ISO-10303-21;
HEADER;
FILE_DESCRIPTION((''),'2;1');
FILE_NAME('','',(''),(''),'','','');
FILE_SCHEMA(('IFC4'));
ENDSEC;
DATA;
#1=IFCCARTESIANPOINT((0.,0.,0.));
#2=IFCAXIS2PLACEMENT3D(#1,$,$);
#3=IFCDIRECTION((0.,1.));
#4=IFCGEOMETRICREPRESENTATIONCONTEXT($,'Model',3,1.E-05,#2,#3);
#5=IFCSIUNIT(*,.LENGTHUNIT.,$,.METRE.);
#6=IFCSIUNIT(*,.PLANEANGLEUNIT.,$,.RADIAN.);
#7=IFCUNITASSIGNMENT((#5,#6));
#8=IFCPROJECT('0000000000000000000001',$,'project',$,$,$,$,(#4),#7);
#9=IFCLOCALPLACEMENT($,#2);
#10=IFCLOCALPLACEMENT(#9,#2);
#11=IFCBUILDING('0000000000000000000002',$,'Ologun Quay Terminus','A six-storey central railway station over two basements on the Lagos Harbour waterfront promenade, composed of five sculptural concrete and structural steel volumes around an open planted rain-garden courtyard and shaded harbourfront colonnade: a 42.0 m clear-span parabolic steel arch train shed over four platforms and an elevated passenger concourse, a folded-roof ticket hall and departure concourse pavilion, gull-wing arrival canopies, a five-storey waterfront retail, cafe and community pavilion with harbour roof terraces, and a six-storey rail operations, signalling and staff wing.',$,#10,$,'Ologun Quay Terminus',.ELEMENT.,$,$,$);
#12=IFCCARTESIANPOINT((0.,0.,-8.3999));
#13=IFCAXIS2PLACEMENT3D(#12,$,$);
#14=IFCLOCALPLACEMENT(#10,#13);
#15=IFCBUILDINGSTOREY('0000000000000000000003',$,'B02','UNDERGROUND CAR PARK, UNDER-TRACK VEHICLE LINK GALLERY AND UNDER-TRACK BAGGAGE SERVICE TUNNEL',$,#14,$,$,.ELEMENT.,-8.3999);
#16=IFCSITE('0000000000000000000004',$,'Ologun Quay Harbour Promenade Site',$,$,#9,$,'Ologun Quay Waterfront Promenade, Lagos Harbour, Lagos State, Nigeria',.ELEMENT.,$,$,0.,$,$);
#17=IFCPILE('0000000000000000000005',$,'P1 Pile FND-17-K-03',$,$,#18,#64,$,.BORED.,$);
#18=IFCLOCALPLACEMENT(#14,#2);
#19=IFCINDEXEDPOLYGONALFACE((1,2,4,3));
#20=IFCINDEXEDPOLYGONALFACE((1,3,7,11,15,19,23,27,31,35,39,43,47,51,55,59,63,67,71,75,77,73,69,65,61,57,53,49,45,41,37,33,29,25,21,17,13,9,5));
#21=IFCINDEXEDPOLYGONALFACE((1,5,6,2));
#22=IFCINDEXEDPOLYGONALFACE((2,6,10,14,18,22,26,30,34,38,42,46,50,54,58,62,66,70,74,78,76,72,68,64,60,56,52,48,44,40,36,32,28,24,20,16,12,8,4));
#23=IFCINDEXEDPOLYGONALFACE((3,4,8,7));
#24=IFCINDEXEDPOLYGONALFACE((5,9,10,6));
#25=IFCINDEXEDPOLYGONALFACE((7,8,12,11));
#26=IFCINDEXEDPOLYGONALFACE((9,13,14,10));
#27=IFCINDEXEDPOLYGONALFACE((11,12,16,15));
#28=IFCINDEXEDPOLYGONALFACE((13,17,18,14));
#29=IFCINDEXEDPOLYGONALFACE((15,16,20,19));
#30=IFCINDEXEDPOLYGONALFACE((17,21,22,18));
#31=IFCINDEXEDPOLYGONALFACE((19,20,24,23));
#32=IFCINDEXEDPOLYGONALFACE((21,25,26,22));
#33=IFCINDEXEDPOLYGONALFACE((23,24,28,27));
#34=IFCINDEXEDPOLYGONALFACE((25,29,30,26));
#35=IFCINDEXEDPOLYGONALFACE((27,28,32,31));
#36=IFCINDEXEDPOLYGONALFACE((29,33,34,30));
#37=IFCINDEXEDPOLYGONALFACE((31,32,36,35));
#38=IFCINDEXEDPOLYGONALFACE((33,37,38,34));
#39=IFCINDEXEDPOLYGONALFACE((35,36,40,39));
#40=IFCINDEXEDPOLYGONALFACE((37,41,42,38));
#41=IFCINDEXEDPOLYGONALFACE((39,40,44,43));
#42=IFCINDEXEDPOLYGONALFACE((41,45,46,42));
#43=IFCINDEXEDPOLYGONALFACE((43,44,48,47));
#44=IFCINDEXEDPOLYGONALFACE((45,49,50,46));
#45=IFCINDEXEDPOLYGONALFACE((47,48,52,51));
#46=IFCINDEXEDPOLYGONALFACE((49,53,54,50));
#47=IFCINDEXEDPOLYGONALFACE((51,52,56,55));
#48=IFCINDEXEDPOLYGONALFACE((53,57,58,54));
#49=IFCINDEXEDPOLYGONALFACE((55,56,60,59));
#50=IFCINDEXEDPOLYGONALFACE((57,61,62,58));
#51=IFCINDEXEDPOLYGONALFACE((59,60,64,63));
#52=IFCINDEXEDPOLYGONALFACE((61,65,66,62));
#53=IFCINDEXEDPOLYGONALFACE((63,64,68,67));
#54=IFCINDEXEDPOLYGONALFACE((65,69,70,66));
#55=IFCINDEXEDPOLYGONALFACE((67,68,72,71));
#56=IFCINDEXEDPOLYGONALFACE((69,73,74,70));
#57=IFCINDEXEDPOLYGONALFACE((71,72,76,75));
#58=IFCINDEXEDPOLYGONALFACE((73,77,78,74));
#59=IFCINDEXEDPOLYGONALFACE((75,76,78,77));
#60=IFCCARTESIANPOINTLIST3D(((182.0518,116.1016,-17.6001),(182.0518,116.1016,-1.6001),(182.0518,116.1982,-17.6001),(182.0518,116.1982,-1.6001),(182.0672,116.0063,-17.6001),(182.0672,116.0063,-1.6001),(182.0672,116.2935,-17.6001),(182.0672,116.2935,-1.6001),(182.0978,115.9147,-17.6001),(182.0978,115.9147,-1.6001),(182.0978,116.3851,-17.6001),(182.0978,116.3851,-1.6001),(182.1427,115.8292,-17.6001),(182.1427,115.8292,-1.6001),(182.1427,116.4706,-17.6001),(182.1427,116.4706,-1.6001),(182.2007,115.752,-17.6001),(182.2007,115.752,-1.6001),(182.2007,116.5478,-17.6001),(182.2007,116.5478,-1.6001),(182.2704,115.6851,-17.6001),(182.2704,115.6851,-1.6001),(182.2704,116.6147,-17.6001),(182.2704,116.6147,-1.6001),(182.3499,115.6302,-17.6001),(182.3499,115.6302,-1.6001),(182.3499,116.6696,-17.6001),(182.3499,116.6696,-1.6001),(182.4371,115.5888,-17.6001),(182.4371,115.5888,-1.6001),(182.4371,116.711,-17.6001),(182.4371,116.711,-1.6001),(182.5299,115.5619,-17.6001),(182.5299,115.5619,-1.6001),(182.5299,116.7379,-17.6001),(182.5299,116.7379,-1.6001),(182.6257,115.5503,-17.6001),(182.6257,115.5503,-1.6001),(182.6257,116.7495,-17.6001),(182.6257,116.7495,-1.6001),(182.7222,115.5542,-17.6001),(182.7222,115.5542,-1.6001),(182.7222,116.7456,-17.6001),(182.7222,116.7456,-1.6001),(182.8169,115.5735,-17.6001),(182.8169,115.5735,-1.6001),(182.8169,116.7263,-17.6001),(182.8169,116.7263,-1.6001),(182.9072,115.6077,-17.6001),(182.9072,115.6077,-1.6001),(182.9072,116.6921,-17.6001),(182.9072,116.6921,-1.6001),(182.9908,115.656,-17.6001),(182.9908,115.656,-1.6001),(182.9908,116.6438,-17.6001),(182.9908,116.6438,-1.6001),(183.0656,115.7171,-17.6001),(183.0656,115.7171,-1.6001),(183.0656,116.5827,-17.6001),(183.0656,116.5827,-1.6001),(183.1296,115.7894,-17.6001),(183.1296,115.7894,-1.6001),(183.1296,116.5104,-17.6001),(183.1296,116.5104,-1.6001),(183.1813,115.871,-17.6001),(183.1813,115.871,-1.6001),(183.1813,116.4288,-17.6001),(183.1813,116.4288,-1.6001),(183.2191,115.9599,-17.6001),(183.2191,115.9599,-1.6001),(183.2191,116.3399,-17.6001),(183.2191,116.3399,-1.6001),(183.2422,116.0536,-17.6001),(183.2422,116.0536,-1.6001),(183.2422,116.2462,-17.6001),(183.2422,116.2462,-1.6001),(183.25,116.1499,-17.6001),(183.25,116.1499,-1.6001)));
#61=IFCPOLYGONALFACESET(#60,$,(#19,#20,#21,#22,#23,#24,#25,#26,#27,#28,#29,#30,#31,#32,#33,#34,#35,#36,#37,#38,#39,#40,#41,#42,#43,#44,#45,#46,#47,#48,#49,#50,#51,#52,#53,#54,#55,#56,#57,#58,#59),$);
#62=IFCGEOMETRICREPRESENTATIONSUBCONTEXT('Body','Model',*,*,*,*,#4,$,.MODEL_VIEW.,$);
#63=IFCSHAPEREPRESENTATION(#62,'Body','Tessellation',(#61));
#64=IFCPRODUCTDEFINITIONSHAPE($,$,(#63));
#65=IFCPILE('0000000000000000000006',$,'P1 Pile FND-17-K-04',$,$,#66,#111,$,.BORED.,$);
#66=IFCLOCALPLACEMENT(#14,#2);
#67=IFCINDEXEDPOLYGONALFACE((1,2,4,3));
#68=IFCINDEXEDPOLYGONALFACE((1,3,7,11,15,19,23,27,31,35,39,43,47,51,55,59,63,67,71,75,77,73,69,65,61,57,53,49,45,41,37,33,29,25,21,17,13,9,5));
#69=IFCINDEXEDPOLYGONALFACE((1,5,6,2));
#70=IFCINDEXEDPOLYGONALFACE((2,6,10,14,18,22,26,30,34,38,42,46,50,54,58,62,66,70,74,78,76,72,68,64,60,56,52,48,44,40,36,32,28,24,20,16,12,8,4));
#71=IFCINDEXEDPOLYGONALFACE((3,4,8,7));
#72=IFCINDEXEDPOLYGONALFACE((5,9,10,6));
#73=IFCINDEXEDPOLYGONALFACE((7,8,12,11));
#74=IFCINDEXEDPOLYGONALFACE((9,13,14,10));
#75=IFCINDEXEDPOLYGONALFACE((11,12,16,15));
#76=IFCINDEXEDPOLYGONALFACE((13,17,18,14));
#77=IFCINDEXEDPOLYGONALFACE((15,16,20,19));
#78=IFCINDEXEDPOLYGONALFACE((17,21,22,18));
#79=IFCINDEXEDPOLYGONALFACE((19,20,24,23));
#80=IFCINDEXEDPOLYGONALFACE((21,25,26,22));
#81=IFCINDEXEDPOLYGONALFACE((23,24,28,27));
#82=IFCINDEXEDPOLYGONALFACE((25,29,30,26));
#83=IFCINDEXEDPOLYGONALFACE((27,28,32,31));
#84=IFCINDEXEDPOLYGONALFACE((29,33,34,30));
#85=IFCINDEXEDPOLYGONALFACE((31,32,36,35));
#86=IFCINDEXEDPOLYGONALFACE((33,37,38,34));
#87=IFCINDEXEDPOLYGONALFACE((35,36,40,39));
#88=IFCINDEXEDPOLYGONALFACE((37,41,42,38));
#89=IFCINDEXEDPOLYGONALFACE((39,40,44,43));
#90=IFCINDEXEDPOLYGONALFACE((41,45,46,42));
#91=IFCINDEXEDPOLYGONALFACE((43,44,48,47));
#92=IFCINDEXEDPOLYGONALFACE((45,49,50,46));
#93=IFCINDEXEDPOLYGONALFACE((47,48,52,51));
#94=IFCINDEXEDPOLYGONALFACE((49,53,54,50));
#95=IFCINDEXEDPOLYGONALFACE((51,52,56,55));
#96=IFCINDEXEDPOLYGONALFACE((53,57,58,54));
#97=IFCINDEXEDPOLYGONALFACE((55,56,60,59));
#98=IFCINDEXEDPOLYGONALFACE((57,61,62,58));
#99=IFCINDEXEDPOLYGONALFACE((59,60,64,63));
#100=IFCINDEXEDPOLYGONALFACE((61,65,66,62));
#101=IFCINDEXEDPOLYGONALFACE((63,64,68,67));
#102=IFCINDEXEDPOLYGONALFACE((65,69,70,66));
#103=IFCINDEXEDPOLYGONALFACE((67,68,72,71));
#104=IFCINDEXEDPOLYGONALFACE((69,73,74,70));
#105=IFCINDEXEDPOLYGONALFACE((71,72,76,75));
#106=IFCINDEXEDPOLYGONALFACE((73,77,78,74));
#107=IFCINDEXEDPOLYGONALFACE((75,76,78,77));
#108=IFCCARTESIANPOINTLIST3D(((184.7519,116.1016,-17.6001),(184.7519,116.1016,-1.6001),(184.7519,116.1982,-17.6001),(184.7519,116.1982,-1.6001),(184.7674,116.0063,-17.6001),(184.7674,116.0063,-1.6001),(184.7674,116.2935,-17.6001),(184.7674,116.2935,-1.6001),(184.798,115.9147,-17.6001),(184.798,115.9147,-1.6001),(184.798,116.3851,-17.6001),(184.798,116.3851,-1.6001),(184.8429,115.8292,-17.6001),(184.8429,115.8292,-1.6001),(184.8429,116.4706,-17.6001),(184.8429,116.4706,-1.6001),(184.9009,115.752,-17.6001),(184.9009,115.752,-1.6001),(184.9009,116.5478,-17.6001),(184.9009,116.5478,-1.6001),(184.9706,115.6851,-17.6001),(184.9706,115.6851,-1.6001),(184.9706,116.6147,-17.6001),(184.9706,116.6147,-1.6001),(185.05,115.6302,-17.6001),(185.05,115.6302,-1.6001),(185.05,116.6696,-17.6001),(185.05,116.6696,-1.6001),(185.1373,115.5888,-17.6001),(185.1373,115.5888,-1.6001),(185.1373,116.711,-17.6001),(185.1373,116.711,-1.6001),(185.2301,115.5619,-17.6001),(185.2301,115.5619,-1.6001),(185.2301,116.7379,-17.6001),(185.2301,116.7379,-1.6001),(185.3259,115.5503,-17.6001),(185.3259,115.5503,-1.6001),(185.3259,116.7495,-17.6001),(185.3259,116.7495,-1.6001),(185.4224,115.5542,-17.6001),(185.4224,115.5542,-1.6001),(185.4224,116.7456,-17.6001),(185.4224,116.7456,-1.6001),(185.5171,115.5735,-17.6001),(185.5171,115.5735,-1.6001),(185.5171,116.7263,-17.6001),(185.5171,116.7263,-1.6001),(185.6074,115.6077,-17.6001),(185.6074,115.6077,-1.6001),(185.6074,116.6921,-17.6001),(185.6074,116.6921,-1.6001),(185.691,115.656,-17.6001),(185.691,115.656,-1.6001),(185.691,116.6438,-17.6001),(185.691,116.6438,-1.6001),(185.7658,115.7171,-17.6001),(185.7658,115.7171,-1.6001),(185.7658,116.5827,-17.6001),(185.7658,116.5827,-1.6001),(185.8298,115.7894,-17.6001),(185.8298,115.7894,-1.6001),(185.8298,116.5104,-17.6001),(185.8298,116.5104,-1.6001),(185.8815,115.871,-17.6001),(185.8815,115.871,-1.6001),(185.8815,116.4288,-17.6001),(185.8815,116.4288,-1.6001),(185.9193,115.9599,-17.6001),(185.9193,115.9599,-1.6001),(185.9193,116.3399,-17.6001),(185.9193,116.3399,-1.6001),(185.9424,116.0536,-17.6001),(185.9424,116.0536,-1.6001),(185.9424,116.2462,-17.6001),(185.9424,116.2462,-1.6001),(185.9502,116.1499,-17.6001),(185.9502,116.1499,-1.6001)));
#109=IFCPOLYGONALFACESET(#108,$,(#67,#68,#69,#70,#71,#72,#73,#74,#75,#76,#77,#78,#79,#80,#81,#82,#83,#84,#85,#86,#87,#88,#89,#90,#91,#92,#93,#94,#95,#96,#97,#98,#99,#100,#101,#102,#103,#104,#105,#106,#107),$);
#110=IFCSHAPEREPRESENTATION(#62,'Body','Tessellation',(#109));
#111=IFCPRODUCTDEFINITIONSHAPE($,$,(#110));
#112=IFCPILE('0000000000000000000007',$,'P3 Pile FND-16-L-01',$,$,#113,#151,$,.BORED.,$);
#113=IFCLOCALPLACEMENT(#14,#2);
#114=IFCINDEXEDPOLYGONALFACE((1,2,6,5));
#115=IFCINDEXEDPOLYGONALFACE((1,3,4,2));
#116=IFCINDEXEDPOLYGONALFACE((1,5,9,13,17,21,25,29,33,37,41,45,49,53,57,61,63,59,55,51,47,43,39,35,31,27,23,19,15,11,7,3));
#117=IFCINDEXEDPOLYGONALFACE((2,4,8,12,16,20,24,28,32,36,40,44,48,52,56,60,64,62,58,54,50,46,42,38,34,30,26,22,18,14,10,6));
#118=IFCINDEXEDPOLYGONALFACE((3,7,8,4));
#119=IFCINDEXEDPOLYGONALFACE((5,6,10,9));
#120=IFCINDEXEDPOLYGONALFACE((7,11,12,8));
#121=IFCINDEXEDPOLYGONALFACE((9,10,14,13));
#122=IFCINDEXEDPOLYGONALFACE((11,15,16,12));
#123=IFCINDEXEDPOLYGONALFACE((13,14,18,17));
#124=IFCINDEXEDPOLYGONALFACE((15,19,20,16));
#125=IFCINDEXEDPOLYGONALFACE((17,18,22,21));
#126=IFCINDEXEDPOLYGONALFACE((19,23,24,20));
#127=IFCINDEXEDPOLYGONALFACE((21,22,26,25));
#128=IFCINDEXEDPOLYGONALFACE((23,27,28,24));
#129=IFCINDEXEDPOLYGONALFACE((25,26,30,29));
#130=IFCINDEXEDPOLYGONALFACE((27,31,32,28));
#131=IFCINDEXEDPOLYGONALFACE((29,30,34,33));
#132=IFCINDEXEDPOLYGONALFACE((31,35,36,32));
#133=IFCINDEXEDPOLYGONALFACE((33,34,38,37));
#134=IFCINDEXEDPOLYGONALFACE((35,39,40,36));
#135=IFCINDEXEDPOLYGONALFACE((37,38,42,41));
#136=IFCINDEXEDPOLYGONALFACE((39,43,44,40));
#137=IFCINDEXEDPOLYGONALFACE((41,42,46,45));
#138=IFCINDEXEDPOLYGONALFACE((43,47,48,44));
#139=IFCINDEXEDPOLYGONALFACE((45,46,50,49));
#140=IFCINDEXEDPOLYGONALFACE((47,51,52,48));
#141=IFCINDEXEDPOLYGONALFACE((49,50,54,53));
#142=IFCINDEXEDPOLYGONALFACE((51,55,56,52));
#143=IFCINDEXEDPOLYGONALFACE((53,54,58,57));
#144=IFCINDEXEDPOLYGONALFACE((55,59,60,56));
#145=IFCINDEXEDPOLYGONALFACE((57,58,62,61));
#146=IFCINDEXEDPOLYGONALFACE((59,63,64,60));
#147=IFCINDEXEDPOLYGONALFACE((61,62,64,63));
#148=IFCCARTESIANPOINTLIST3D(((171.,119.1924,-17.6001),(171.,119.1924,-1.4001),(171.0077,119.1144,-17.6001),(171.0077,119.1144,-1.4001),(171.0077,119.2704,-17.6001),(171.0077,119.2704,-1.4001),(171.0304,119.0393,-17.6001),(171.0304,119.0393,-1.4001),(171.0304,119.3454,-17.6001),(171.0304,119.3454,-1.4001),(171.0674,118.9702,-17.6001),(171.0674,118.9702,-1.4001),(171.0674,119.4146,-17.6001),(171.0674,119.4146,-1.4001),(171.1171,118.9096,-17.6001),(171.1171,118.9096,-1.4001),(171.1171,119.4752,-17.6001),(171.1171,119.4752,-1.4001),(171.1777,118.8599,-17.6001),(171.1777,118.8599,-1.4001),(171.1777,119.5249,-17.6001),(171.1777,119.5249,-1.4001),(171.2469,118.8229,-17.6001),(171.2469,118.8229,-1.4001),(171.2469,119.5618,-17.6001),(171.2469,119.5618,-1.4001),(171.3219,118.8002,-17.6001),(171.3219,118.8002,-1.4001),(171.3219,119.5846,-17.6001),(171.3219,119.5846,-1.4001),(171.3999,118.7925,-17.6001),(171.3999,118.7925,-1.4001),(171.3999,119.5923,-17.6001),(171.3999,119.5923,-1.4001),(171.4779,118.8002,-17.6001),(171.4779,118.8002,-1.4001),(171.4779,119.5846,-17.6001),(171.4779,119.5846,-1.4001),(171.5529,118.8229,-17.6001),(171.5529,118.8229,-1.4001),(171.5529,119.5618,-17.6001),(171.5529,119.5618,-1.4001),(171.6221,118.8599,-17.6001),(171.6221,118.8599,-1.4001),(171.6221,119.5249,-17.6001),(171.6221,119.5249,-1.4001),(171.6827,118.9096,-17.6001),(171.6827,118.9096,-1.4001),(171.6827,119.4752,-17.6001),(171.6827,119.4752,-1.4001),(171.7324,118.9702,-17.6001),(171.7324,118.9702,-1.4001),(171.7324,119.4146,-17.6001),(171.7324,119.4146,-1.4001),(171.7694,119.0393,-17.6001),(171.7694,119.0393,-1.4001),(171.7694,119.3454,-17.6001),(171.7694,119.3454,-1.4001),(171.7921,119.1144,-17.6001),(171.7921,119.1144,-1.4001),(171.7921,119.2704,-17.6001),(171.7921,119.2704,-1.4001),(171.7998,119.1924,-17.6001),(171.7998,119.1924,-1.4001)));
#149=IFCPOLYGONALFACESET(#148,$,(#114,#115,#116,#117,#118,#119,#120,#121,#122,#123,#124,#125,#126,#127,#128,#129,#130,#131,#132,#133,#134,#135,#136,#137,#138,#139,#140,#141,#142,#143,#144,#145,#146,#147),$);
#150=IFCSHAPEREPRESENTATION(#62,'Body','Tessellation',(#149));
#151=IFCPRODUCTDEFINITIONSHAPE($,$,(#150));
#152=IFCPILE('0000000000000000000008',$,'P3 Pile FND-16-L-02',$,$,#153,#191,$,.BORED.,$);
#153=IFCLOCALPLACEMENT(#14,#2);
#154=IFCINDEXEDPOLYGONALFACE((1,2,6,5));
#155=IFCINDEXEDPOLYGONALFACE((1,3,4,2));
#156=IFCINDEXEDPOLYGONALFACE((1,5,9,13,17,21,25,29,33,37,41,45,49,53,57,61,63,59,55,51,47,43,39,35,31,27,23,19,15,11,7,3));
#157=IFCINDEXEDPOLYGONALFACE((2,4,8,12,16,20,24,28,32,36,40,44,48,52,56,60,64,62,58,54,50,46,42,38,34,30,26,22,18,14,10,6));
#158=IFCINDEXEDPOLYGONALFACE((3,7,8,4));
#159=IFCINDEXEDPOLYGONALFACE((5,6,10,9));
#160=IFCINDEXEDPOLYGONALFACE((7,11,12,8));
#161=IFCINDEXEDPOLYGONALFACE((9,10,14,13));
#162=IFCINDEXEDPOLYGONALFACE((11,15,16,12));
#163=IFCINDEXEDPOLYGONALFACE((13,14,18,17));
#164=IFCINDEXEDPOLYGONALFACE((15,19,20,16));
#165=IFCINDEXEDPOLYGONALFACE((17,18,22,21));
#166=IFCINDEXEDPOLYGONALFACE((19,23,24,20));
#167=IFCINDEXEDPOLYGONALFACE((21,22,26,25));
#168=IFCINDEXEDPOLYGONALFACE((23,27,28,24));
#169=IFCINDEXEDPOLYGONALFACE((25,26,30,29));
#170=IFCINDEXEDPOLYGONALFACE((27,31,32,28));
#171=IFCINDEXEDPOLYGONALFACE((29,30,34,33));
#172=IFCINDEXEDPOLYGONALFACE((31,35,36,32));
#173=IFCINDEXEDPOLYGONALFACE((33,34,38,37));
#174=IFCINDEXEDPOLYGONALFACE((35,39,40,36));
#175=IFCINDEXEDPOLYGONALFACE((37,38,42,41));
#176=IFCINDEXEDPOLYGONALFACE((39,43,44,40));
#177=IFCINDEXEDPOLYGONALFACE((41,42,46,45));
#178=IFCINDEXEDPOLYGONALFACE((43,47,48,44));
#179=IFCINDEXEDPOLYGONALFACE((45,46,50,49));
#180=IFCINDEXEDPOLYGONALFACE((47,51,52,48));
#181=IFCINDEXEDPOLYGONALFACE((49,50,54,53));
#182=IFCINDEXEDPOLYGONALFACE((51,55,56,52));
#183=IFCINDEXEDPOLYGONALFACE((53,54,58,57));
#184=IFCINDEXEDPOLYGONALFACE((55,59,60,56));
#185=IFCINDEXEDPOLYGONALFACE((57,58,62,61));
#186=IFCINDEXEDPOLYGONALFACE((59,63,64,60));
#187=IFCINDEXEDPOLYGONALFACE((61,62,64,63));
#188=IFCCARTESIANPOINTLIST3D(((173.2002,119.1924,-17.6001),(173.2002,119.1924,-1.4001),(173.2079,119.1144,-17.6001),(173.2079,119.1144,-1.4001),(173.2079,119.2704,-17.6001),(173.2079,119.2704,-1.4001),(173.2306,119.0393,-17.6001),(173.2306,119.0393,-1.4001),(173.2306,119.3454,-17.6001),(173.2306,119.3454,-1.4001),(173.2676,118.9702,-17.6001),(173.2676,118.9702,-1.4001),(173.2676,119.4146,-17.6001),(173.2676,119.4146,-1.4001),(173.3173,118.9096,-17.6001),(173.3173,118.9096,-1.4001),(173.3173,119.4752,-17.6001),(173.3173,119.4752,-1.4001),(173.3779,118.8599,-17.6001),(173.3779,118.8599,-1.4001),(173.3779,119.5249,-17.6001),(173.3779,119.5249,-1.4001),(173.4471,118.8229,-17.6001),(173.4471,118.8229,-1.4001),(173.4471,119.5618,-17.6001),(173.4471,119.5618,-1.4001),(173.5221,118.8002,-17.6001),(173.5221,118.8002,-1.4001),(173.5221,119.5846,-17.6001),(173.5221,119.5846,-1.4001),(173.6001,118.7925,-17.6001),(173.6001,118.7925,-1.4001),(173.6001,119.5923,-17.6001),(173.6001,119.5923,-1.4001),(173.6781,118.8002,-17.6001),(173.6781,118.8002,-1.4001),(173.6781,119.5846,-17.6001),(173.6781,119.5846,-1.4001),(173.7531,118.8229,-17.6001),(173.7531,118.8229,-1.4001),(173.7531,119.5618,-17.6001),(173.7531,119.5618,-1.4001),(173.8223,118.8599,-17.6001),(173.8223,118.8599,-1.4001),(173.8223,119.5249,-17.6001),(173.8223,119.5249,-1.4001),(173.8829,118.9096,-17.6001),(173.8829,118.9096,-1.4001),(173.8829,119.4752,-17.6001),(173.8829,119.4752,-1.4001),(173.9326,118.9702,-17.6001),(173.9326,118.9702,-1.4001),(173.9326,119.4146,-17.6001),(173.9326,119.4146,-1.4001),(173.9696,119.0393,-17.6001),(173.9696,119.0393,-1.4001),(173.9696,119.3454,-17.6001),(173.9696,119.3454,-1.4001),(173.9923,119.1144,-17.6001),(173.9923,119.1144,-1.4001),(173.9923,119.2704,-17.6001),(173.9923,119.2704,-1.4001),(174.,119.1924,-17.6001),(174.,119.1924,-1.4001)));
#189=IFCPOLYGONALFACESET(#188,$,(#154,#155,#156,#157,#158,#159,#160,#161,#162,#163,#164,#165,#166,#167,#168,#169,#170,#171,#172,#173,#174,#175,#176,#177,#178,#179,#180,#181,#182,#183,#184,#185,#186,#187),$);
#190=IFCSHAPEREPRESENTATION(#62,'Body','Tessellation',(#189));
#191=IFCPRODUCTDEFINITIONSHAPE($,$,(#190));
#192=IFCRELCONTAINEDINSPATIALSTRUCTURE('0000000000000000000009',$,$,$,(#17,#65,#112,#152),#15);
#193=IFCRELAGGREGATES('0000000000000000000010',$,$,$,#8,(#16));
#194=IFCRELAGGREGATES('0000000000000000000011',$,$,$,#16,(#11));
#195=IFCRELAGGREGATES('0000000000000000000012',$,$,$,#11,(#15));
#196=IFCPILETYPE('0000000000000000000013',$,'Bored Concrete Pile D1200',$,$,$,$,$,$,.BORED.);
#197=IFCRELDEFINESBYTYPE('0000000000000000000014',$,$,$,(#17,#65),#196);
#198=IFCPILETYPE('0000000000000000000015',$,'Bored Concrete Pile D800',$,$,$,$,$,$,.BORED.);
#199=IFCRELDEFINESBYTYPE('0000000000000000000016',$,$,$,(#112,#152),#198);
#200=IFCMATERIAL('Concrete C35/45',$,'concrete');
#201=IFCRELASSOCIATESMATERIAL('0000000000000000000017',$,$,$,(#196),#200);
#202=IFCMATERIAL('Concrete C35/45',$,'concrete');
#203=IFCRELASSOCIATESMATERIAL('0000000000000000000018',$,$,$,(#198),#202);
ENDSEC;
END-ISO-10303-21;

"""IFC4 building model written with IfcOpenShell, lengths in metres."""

from ifc_helpers import new_model, si_unit, direction, frame, origin, origin_2d, place, context, subcontext, project, spatial, circle, extrude, material, material_profile, profile_set, type_object, element, save


model = new_model("IFC4")

# Units and contexts
model_context = context("Model", 3, precision=1e-05, world=origin(), true_north=direction((0.0, 1.0)))
body_context = subcontext(model_context, "Body", "Model", "MODEL_VIEW")
ifc_project = project(units=[si_unit("LENGTHUNIT", "METRE"), si_unit("PLANEANGLEUNIT", "RADIAN")], contexts=[model_context])

# Site, building, storey
site_placement = place(None, origin())
site = spatial("IfcSite", under=ifc_project, at=site_placement, Name="Ologun Quay Harbour Promenade Site", LongName="Ologun Quay Waterfront Promenade, Lagos Harbour, Lagos State, Nigeria", CompositionType="ELEMENT", RefElevation=0.0)
building_placement = place(site_placement, origin())
building = spatial("IfcBuilding", under=site, at=building_placement, Name="Ologun Quay Terminus", Description="A six-storey central railway station over two basements on the Lagos Harbour waterfront promenade, composed of five sculptural concrete and structural steel volumes around an open planted rain-garden courtyard and shaded harbourfront colonnade: a 42.0 m clear-span parabolic steel arch train shed over four platforms and an elevated passenger concourse, a folded-roof ticket hall and departure concourse pavilion, gull-wing arrival canopies, a five-storey waterfront retail, cafe and community pavilion with harbour roof terraces, and a six-storey rail operations, signalling and staff wing.", LongName="Ologun Quay Terminus", CompositionType="ELEMENT")
storey_placement = place(building_placement, frame((0.0, 0.0, -8.3999)))
storey = spatial("IfcBuildingStorey", under=building, at=storey_placement, Name="B02", Description="UNDERGROUND CAR PARK, UNDER-TRACK VEHICLE LINK GALLERY AND UNDER-TRACK BAGGAGE SERVICE TUNNEL", CompositionType="ELEMENT", Elevation=-8.3999)

# Piles
ifc_material_1 = material(Name="Concrete C35/45", Category="concrete")
ifc_material_profile_1 = material_profile(ifc_material_1, circle(Radius=0.6001, at=origin_2d()), Name="PILE D1200")
ifc_profile_set_1 = profile_set([ifc_material_profile_1], Name="Concrete C35/45")
pile_type_1 = type_object("IfcPileType", Name="Bored Concrete Pile D1200", PredefinedType="BORED", material=ifc_profile_set_1)
for number, where, z_axis, x_axis, name in (
    (1, (182.6499, 116.1499, -1.6001), (0.0, 0.0, -1.0), (1.0, 0.0, 0.0), "P1 Pile FND-17-K-03"),
    (2, (185.3501, 116.1499, -1.6001), (0.0, 0.0, -1.0), (1.0, 0.0, 0.0), "P1 Pile FND-17-K-04"),
):
    element("IfcPile", number, at=place(storey_placement, frame(where, z_axis=z_axis, x_axis=x_axis)), inside=storey, type_object=pile_type_1, Name=name, PredefinedType="BORED", context=body_context, shape_type="SweptSolid", body=[
        extrude(circle(Radius=0.6001, at=origin_2d()), origin(), (0.0, 0.0, 1.0), 16.0),
    ])
ifc_material_2 = material(Name="Concrete C35/45", Category="concrete")
ifc_material_profile_2 = material_profile(ifc_material_2, circle(Radius=0.3999, at=origin_2d()), Name="PILE D800")
ifc_profile_set_2 = profile_set([ifc_material_profile_2], Name="Concrete C35/45")
pile_type_2 = type_object("IfcPileType", Name="Bored Concrete Pile D800", PredefinedType="BORED", material=ifc_profile_set_2)
for number, where, z_axis, x_axis, name in (
    (3, (171.3999, 119.1924, -1.4001), (0.0, 0.0, -1.0), (1.0, 0.0, 0.0), "P3 Pile FND-16-L-01"),
    (4, (173.6001, 119.1924, -1.4001), (0.0, 0.0, -1.0), (1.0, 0.0, 0.0), "P3 Pile FND-16-L-02"),
):
    element("IfcPile", number, at=place(storey_placement, frame(where, z_axis=z_axis, x_axis=x_axis)), inside=storey, type_object=pile_type_2, Name=name, PredefinedType="BORED", context=body_context, shape_type="SweptSolid", body=[
        extrude(circle(Radius=0.3999, at=origin_2d()), origin(), (0.0, 0.0, 1.0), 16.2),
    ])

save(model, "model.ifc")
